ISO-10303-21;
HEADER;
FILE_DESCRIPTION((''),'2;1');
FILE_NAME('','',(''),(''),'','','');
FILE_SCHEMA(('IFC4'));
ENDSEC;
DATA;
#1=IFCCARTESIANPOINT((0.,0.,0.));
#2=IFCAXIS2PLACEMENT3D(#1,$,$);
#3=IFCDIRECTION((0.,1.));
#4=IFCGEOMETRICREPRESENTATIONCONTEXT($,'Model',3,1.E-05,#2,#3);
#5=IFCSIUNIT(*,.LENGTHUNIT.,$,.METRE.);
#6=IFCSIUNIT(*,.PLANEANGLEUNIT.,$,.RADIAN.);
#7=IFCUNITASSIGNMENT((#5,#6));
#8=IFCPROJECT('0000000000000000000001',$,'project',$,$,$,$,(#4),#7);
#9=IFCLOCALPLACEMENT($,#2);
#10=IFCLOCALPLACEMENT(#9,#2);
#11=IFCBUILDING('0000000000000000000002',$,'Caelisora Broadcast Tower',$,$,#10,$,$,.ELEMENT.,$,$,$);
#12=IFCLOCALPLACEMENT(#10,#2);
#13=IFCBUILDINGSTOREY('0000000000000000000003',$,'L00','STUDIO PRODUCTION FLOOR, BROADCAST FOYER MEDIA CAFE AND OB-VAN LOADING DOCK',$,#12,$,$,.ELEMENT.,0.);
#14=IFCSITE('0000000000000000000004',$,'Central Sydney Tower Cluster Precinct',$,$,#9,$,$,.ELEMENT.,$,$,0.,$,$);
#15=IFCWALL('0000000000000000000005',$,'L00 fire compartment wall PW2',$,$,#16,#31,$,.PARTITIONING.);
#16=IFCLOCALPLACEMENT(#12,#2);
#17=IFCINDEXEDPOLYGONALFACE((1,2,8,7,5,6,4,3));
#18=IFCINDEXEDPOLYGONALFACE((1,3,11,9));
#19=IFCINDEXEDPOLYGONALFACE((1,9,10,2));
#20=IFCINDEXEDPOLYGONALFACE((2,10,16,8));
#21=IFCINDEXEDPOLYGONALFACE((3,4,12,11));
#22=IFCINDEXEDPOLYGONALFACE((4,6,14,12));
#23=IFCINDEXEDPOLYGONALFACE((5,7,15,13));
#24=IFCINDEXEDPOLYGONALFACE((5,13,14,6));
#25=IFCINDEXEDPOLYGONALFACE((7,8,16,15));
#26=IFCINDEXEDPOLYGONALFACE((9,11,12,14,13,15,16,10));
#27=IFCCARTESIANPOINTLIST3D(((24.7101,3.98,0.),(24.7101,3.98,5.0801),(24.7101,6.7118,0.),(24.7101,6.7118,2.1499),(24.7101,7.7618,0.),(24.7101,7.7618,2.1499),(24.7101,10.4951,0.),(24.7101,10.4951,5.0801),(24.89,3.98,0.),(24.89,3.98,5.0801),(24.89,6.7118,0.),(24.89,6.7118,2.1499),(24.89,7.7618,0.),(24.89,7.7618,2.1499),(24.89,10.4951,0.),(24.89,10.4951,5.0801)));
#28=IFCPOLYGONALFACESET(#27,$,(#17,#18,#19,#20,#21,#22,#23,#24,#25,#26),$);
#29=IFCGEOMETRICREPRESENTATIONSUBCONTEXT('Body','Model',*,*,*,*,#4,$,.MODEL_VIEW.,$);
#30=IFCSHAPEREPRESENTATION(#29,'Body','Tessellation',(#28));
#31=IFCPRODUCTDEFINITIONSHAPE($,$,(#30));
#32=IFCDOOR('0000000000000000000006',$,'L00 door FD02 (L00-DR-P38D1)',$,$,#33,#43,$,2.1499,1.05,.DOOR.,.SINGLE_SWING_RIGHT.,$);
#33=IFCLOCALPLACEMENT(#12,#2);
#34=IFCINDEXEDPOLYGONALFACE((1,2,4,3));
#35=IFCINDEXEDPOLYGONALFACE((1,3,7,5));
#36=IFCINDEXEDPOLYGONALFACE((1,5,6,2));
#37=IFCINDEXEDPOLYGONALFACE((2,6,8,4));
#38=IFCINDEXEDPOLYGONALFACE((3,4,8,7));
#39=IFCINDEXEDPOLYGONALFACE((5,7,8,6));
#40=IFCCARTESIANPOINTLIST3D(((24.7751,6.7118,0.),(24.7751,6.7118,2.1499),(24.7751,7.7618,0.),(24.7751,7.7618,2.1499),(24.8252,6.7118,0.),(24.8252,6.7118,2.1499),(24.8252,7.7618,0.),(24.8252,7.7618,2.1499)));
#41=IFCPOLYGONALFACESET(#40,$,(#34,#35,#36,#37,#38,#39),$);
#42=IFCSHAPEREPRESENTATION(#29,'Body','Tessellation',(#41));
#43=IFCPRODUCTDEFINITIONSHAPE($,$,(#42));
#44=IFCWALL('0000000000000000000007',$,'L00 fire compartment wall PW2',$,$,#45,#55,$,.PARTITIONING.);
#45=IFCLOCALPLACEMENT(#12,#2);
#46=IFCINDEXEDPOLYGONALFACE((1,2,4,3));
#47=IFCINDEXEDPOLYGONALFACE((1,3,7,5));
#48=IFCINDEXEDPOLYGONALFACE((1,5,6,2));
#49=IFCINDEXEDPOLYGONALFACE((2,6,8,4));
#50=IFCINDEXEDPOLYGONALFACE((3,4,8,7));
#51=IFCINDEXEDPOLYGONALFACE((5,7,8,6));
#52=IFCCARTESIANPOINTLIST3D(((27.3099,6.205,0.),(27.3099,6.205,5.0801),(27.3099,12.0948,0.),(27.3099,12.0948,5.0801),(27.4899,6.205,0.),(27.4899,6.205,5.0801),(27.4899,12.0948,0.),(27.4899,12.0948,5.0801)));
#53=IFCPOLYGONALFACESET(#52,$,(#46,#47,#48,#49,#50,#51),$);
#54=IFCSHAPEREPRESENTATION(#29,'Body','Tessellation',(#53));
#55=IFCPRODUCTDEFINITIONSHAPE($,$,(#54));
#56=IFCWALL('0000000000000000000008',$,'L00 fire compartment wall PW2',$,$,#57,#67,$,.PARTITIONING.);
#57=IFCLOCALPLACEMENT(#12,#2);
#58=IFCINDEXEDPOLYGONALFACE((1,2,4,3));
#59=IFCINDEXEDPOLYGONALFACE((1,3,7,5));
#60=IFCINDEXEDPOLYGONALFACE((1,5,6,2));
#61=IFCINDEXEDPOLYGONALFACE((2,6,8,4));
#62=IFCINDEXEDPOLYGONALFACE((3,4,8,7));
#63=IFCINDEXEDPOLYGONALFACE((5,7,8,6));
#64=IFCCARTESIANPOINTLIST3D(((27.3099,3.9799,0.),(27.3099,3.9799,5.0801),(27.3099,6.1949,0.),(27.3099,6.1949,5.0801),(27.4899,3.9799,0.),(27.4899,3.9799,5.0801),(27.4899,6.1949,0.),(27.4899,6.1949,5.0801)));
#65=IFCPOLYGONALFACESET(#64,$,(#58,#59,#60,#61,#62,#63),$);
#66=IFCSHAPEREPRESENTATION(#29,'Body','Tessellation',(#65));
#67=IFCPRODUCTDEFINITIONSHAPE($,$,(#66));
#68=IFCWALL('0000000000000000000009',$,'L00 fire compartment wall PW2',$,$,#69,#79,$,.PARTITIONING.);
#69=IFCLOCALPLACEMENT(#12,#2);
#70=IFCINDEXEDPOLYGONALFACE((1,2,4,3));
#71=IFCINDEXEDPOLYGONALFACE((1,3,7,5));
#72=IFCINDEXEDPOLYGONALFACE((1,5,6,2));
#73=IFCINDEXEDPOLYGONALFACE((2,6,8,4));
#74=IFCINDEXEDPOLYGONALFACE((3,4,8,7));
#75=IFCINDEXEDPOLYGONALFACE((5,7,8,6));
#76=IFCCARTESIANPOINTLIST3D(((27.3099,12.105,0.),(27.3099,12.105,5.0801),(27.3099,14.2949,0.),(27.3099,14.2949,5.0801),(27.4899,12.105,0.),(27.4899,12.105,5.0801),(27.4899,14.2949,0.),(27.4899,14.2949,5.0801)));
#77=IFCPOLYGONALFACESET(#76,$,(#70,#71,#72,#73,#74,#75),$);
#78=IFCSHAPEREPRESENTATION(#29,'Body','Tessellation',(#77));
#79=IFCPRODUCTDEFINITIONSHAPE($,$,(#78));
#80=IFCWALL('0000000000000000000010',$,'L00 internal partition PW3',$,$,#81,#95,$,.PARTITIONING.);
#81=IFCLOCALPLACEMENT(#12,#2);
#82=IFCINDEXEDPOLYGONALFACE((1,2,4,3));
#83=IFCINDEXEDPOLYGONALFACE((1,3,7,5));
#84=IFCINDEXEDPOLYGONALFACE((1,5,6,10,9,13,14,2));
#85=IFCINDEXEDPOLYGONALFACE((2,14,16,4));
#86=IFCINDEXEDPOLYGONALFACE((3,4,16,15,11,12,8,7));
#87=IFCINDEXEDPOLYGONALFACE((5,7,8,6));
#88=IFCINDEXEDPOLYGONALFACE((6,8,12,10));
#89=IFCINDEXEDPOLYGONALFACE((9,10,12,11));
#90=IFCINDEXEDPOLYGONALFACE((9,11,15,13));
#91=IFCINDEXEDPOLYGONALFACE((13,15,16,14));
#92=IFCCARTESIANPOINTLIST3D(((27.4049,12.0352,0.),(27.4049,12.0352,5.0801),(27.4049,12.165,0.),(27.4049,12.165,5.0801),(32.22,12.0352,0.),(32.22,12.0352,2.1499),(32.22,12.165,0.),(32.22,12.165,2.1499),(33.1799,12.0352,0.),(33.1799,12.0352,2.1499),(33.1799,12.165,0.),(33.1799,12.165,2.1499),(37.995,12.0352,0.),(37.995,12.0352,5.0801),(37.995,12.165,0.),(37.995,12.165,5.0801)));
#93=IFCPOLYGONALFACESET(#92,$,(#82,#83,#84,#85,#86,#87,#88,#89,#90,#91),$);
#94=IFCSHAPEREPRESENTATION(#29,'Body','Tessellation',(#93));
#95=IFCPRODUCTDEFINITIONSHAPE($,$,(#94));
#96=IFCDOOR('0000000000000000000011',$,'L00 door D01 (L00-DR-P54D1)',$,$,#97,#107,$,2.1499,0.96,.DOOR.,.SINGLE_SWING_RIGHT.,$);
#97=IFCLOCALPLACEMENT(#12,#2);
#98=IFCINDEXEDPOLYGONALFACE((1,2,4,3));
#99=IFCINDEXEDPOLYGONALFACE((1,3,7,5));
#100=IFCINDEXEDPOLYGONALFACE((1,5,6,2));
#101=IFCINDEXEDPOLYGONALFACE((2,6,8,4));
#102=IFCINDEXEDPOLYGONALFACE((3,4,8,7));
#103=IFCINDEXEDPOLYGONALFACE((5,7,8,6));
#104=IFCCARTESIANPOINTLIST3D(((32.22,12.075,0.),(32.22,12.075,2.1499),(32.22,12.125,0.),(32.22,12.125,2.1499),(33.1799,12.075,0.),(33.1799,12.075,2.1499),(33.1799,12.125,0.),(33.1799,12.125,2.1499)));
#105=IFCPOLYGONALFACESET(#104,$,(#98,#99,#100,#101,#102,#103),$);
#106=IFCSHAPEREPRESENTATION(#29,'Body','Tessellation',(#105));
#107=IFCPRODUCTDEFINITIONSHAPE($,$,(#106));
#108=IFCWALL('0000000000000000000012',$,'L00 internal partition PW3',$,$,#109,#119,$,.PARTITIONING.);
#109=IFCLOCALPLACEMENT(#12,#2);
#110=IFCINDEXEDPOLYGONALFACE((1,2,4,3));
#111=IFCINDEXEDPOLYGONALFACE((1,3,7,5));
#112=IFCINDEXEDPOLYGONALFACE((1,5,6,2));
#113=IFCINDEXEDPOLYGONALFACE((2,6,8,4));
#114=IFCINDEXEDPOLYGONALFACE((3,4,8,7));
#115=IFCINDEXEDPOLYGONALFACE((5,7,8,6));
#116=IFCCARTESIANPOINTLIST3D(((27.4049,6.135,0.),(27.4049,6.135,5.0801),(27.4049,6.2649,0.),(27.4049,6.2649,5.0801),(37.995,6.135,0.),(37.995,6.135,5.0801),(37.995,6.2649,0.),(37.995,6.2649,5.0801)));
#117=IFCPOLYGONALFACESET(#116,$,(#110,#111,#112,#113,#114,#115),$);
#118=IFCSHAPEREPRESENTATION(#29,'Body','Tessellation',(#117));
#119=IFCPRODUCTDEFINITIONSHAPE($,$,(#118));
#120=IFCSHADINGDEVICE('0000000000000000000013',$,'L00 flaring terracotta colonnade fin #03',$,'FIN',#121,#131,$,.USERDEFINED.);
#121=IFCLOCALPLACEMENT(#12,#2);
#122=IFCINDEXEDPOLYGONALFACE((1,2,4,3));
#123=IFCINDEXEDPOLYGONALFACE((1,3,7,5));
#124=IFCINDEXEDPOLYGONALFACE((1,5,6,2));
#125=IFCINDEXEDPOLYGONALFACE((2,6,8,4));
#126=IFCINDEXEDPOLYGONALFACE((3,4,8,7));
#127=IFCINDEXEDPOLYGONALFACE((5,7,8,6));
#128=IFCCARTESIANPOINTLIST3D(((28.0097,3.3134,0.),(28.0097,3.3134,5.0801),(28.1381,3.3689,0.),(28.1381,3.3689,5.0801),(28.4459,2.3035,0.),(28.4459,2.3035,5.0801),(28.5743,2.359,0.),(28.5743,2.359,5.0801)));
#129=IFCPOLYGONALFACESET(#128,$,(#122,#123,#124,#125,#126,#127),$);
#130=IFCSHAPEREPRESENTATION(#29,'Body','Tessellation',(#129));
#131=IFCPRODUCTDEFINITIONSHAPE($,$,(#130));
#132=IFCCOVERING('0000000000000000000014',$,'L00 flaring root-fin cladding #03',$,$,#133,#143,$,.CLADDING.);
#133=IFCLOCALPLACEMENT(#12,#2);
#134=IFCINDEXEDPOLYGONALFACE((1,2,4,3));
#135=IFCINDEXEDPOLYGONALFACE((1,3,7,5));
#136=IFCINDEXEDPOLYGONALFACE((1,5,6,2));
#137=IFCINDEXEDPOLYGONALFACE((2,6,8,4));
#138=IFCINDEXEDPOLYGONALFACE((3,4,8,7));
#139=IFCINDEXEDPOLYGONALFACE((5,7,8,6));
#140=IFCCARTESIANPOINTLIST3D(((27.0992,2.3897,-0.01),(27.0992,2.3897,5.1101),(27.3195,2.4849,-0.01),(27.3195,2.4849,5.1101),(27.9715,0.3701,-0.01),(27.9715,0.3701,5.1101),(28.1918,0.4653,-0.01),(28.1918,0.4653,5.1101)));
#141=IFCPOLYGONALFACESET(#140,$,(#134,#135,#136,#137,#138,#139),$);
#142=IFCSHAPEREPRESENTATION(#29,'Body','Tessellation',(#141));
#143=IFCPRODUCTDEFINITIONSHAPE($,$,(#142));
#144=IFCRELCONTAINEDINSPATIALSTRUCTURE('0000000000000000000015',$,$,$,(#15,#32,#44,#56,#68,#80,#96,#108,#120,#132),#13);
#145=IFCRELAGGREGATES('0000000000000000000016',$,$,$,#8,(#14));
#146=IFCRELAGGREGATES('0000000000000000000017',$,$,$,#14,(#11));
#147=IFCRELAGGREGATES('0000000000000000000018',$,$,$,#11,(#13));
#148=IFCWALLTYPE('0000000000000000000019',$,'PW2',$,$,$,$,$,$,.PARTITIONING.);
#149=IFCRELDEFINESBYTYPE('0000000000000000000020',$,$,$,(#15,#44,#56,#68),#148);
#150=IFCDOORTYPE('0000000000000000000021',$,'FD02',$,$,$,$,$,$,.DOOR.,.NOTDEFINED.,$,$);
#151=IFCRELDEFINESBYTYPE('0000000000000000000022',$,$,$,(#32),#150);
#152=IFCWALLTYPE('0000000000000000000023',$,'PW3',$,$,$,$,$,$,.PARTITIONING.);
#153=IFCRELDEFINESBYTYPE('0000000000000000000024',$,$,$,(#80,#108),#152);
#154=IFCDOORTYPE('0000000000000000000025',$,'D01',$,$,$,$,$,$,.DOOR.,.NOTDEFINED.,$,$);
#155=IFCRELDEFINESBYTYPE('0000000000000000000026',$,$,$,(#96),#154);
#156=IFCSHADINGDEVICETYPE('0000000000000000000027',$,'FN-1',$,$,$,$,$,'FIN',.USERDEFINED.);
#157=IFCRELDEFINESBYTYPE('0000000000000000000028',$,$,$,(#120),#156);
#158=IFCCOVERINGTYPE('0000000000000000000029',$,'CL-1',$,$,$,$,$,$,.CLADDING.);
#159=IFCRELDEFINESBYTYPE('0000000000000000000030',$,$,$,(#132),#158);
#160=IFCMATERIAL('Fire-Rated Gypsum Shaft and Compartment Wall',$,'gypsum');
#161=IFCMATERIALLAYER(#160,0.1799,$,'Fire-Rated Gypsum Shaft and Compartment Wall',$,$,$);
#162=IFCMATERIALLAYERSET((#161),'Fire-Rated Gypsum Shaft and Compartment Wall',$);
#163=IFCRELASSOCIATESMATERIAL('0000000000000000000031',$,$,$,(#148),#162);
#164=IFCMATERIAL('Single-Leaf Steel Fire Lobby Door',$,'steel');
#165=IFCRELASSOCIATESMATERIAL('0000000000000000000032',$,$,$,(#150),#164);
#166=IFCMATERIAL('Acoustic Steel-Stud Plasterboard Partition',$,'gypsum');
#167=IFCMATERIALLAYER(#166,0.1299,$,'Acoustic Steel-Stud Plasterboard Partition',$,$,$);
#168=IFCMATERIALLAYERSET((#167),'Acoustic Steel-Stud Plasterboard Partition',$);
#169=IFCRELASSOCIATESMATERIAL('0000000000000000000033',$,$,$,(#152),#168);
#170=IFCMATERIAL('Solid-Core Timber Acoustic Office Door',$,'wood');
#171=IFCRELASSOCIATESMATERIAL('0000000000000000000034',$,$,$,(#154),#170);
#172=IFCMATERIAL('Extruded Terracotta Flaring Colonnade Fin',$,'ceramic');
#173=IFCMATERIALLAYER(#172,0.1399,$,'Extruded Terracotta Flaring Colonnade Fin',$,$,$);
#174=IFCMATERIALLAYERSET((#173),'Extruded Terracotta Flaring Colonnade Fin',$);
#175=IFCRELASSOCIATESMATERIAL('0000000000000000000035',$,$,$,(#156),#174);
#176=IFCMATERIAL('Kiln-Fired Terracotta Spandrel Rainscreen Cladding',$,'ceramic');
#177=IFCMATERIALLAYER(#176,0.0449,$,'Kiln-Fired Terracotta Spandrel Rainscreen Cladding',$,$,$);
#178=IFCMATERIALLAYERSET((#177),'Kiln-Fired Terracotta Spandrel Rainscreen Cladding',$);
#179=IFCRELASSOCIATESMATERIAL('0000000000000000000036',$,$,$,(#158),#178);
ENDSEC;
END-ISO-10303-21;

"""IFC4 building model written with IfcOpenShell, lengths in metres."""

from ifc_helpers import new_model, si_unit, direction, frame, frame_2d, origin, origin_2d, place, context, subcontext, project, spatial, rectangle, extrude, source, transform, mapped, material, layer, layer_set, type_object, type_shapes, element, fill, save


model = new_model("IFC4")

# Units and contexts
model_context = context("Model", 3, precision=1e-05, world=origin(), true_north=direction((0.0, 1.0)))
body_context = subcontext(model_context, "Body", "Model", "MODEL_VIEW")
ifc_project = project(units=[si_unit("LENGTHUNIT", "METRE"), si_unit("PLANEANGLEUNIT", "RADIAN")], contexts=[model_context])

# Site, building, storey
site_placement = place(None, origin())
site = spatial("IfcSite", under=ifc_project, at=site_placement, Name="Central Sydney Tower Cluster Precinct", CompositionType="ELEMENT", RefElevation=0.0)
building_placement = place(site_placement, origin())
building = spatial("IfcBuilding", under=site, at=building_placement, Name="Caelisora Broadcast Tower", CompositionType="ELEMENT")
storey_placement = place(building_placement, origin())
storey = spatial("IfcBuildingStorey", under=building, at=storey_placement, Name="L00", Description="STUDIO PRODUCTION FLOOR, BROADCAST FOYER MEDIA CAFE AND OB-VAN LOADING DOCK", CompositionType="ELEMENT", Elevation=0.0)

# Shared definitions
ifc_material_1 = material(Name="Fire-Rated Gypsum Shaft and Compartment Wall", Category="gypsum")
ifc_layer_1 = layer(ifc_material_1, 0.1799, Name="Fire-Rated Gypsum Shaft and Compartment Wall")
ifc_layer_set_1 = layer_set([ifc_layer_1], Name="Fire-Rated Gypsum Shaft and Compartment Wall")
wall_type_1 = type_object("IfcWallType", Name="PW2", PredefinedType="PARTITIONING", material=ifc_layer_set_1)

# Wall, opening, door
wall_1_placement = place(storey_placement, frame((24.8, 3.98, 0.0), z_axis=(0.0, 0.0, 1.0), x_axis=(0.0, 1.0, 0.0)))
wall_1 = element("IfcWall", 1, at=wall_1_placement, inside=storey, type_object=wall_type_1, Name="L00 fire compartment wall PW2", PredefinedType="PARTITIONING", context=body_context, shape_type="SweptSolid", body=[
    extrude(rectangle(XDim=6.5151, YDim=0.1799, at=frame_2d((3.2576, 0.0))), origin(), (0.0, 0.0, 1.0), 5.0801),
])
opening_1_placement = place(wall_1_placement, frame((2.7319, 0.0, 0.0)))
opening_1 = element("IfcOpeningElement", 2, at=opening_1_placement, cuts=wall_1, PredefinedType="OPENING", context=body_context, shape_type="SweptSolid", body=[
    extrude(rectangle(XDim=1.05, YDim=2.1499, at=frame_2d((0.5249, 1.075))), frame((0.0, 0.1021, 0.0), z_axis=(0.0, -1.0, 0.0), x_axis=(1.0, 0.0, 0.0)), (0.0, 0.0, 1.0), 0.2039),
])
ifc_material_2 = material(Name="Single-Leaf Steel Fire Lobby Door", Category="steel")
door_type_1 = type_object("IfcDoorType", Name="FD02", OperationType="NOTDEFINED", PredefinedType="DOOR", material=ifc_material_2)
door_1_placement = place(opening_1_placement, origin())
door_1 = element("IfcDoor", 3, at=door_1_placement, inside=storey, type_object=door_type_1, Name="L00 door FD02 (L00-DR-P38D1)", OperationType="SINGLE_SWING_RIGHT", OverallHeight=2.1499, OverallWidth=1.05, PredefinedType="DOOR", context=body_context, shape_type="SweptSolid", body=[
    extrude(rectangle(XDim=1.05, YDim=2.1499, at=frame_2d((0.5249, 1.075))), frame((0.0, 0.0249, 0.0), z_axis=(0.0, -1.0, 0.0), x_axis=(1.0, 0.0, 0.0)), (0.0, 0.0, 1.0), 0.05),
])
fill(opening_1, door_1)

# Walls
wall_2_placement = place(storey_placement, frame((27.3999, 6.2051, 0.0), z_axis=(0.0, 0.0, 1.0), x_axis=(0.0, 1.0, 0.0)))
element("IfcWall", 4, at=wall_2_placement, inside=storey, type_object=wall_type_1, Name="L00 fire compartment wall PW2", PredefinedType="PARTITIONING", context=body_context, shape_type="SweptSolid", body=[
    extrude(rectangle(XDim=5.8899, YDim=0.1799, at=frame_2d((2.9448, 0.0))), origin(), (0.0, 0.0, 1.0), 5.0801),
])
wall_3_placement = place(storey_placement, frame((27.3999, 3.98, 0.0), z_axis=(0.0, 0.0, 1.0), x_axis=(0.0, 1.0, 0.0)))
element("IfcWall", 5, at=wall_3_placement, inside=storey, type_object=wall_type_1, Name="L00 fire compartment wall PW2", PredefinedType="PARTITIONING", context=body_context, shape_type="SweptSolid", body=[
    extrude(rectangle(XDim=2.2151, YDim=0.1799, at=frame_2d((1.1074, 0.0))), origin(), (0.0, 0.0, 1.0), 5.0801),
])
wall_4_placement = place(storey_placement, frame((27.3999, 12.105, 0.0), z_axis=(0.0, 0.0, 1.0), x_axis=(0.0, 1.0, 0.0)))
element("IfcWall", 6, at=wall_4_placement, inside=storey, type_object=wall_type_1, Name="L00 fire compartment wall PW2", PredefinedType="PARTITIONING", context=body_context, shape_type="SweptSolid", body=[
    extrude(rectangle(XDim=2.1899, YDim=0.1799, at=frame_2d((1.095, 0.0))), origin(), (0.0, 0.0, 1.0), 5.0801),
])

# Wall, opening, door
ifc_material_3 = material(Name="Acoustic Steel-Stud Plasterboard Partition", Category="gypsum")
ifc_layer_2 = layer(ifc_material_3, 0.1299, Name="Acoustic Steel-Stud Plasterboard Partition")
ifc_layer_set_2 = layer_set([ifc_layer_2], Name="Acoustic Steel-Stud Plasterboard Partition")
wall_type_2 = type_object("IfcWallType", Name="PW3", PredefinedType="PARTITIONING", material=ifc_layer_set_2)
wall_5_placement = place(storey_placement, frame((27.405, 12.1001, 0.0), z_axis=(0.0, 0.0, 1.0), x_axis=(1.0, 0.0, 0.0)))
wall_5 = element("IfcWall", 7, at=wall_5_placement, inside=storey, type_object=wall_type_2, Name="L00 internal partition PW3", PredefinedType="PARTITIONING", context=body_context, shape_type="SweptSolid", body=[
    extrude(rectangle(XDim=10.5901, YDim=0.1299, at=frame_2d((5.2949, 0.0))), origin(), (0.0, 0.0, 1.0), 5.0801),
])
opening_2_placement = place(wall_5_placement, frame((4.8149, 0.0, 0.0)))
opening_2 = element("IfcOpeningElement", 8, at=opening_2_placement, cuts=wall_5, PredefinedType="OPENING", context=body_context, shape_type="SweptSolid", body=[
    extrude(rectangle(XDim=0.96, YDim=2.1499, at=frame_2d((0.48, 1.075))), frame((0.0, 0.0769, 0.0), z_axis=(0.0, -1.0, 0.0), x_axis=(1.0, 0.0, 0.0)), (0.0, 0.0, 1.0), 0.1538),
])
ifc_material_4 = material(Name="Solid-Core Timber Acoustic Office Door", Category="wood")
door_type_2 = type_object("IfcDoorType", Name="D01", OperationType="NOTDEFINED", PredefinedType="DOOR", material=ifc_material_4)
door_2_placement = place(opening_2_placement, origin())
door_2 = element("IfcDoor", 9, at=door_2_placement, inside=storey, type_object=door_type_2, Name="L00 door D01 (L00-DR-P54D1)", OperationType="SINGLE_SWING_RIGHT", OverallHeight=2.1499, OverallWidth=0.96, PredefinedType="DOOR", context=body_context, shape_type="SweptSolid", body=[
    extrude(rectangle(XDim=0.96, YDim=2.1499, at=frame_2d((0.48, 1.075))), frame((0.0, 0.0249, 0.0), z_axis=(0.0, -1.0, 0.0), x_axis=(1.0, 0.0, 0.0)), (0.0, 0.0, 1.0), 0.05),
])
fill(opening_2, door_2)

# Wall
wall_6_placement = place(storey_placement, frame((27.405, 6.2, 0.0), z_axis=(0.0, 0.0, 1.0), x_axis=(1.0, 0.0, 0.0)))
element("IfcWall", 10, at=wall_6_placement, inside=storey, type_object=wall_type_2, Name="L00 internal partition PW3", PredefinedType="PARTITIONING", context=body_context, shape_type="SweptSolid", body=[
    extrude(rectangle(XDim=10.5901, YDim=0.1299, at=frame_2d((5.2949, 0.0))), origin(), (0.0, 0.0, 1.0), 5.0801),
])

# Shading device
ifc_material_5 = material(Name="Extruded Terracotta Flaring Colonnade Fin", Category="ceramic")
ifc_layer_3 = layer(ifc_material_5, 0.1399, Name="Extruded Terracotta Flaring Colonnade Fin")
ifc_layer_set_3 = layer_set([ifc_layer_3], Name="Extruded Terracotta Flaring Colonnade Fin")
shading_device_type = type_object("IfcShadingDeviceType", Name="FN-1", ElementType="FIN", PredefinedType="USERDEFINED", material=ifc_layer_set_3)
shared_shape_1 = source(origin(), body_context, "Body", "SweptSolid", [
    extrude(rectangle(XDim=1.1001, YDim=0.1399, at=origin_2d()), origin(), (0.0, 0.0, 1.0), 5.0801),
])
type_shapes(shading_device_type, [shared_shape_1])
shading_device_placement = place(storey_placement, frame((28.292, 2.8362, 0.0), z_axis=(0.0, 0.0, 1.0), x_axis=(0.396507, -0.918032, 0.0)))
element("IfcShadingDevice", 11, at=shading_device_placement, inside=storey, type_object=shading_device_type, Name="L00 flaring terracotta colonnade fin #03", ObjectType="FIN", PredefinedType="USERDEFINED", context=body_context, shape_type="MappedRepresentation", body=[
    mapped(shared_shape_1, transform((0.0, 0.0, 0.0), scale=1.0)),
])

# Covering
ifc_material_6 = material(Name="Kiln-Fired Terracotta Spandrel Rainscreen Cladding", Category="ceramic")
ifc_layer_4 = layer(ifc_material_6, 0.0449, Name="Kiln-Fired Terracotta Spandrel Rainscreen Cladding")
ifc_layer_set_4 = layer_set([ifc_layer_4], Name="Kiln-Fired Terracotta Spandrel Rainscreen Cladding")
covering_type = type_object("IfcCoveringType", Name="CL-1", PredefinedType="CLADDING", material=ifc_layer_set_4)
shared_shape_2 = source(origin(), body_context, "Body", "SweptSolid", [
    extrude(rectangle(XDim=2.2, YDim=0.24, at=origin_2d()), origin(), (0.0, 0.0, 1.0), 5.1201),
])
type_shapes(covering_type, [shared_shape_2])
covering_placement = place(storey_placement, frame((27.6455, 1.4275, -0.01), z_axis=(0.0, 0.0, 1.0), x_axis=(0.396507, -0.918032, 0.0)))
element("IfcCovering", 12, at=covering_placement, inside=storey, type_object=covering_type, Name="L00 flaring root-fin cladding #03", PredefinedType="CLADDING", context=body_context, shape_type="MappedRepresentation", body=[
    mapped(shared_shape_2, transform((0.0, 0.0, 0.0), scale=1.0)),
])

save(model, "model.ifc")
